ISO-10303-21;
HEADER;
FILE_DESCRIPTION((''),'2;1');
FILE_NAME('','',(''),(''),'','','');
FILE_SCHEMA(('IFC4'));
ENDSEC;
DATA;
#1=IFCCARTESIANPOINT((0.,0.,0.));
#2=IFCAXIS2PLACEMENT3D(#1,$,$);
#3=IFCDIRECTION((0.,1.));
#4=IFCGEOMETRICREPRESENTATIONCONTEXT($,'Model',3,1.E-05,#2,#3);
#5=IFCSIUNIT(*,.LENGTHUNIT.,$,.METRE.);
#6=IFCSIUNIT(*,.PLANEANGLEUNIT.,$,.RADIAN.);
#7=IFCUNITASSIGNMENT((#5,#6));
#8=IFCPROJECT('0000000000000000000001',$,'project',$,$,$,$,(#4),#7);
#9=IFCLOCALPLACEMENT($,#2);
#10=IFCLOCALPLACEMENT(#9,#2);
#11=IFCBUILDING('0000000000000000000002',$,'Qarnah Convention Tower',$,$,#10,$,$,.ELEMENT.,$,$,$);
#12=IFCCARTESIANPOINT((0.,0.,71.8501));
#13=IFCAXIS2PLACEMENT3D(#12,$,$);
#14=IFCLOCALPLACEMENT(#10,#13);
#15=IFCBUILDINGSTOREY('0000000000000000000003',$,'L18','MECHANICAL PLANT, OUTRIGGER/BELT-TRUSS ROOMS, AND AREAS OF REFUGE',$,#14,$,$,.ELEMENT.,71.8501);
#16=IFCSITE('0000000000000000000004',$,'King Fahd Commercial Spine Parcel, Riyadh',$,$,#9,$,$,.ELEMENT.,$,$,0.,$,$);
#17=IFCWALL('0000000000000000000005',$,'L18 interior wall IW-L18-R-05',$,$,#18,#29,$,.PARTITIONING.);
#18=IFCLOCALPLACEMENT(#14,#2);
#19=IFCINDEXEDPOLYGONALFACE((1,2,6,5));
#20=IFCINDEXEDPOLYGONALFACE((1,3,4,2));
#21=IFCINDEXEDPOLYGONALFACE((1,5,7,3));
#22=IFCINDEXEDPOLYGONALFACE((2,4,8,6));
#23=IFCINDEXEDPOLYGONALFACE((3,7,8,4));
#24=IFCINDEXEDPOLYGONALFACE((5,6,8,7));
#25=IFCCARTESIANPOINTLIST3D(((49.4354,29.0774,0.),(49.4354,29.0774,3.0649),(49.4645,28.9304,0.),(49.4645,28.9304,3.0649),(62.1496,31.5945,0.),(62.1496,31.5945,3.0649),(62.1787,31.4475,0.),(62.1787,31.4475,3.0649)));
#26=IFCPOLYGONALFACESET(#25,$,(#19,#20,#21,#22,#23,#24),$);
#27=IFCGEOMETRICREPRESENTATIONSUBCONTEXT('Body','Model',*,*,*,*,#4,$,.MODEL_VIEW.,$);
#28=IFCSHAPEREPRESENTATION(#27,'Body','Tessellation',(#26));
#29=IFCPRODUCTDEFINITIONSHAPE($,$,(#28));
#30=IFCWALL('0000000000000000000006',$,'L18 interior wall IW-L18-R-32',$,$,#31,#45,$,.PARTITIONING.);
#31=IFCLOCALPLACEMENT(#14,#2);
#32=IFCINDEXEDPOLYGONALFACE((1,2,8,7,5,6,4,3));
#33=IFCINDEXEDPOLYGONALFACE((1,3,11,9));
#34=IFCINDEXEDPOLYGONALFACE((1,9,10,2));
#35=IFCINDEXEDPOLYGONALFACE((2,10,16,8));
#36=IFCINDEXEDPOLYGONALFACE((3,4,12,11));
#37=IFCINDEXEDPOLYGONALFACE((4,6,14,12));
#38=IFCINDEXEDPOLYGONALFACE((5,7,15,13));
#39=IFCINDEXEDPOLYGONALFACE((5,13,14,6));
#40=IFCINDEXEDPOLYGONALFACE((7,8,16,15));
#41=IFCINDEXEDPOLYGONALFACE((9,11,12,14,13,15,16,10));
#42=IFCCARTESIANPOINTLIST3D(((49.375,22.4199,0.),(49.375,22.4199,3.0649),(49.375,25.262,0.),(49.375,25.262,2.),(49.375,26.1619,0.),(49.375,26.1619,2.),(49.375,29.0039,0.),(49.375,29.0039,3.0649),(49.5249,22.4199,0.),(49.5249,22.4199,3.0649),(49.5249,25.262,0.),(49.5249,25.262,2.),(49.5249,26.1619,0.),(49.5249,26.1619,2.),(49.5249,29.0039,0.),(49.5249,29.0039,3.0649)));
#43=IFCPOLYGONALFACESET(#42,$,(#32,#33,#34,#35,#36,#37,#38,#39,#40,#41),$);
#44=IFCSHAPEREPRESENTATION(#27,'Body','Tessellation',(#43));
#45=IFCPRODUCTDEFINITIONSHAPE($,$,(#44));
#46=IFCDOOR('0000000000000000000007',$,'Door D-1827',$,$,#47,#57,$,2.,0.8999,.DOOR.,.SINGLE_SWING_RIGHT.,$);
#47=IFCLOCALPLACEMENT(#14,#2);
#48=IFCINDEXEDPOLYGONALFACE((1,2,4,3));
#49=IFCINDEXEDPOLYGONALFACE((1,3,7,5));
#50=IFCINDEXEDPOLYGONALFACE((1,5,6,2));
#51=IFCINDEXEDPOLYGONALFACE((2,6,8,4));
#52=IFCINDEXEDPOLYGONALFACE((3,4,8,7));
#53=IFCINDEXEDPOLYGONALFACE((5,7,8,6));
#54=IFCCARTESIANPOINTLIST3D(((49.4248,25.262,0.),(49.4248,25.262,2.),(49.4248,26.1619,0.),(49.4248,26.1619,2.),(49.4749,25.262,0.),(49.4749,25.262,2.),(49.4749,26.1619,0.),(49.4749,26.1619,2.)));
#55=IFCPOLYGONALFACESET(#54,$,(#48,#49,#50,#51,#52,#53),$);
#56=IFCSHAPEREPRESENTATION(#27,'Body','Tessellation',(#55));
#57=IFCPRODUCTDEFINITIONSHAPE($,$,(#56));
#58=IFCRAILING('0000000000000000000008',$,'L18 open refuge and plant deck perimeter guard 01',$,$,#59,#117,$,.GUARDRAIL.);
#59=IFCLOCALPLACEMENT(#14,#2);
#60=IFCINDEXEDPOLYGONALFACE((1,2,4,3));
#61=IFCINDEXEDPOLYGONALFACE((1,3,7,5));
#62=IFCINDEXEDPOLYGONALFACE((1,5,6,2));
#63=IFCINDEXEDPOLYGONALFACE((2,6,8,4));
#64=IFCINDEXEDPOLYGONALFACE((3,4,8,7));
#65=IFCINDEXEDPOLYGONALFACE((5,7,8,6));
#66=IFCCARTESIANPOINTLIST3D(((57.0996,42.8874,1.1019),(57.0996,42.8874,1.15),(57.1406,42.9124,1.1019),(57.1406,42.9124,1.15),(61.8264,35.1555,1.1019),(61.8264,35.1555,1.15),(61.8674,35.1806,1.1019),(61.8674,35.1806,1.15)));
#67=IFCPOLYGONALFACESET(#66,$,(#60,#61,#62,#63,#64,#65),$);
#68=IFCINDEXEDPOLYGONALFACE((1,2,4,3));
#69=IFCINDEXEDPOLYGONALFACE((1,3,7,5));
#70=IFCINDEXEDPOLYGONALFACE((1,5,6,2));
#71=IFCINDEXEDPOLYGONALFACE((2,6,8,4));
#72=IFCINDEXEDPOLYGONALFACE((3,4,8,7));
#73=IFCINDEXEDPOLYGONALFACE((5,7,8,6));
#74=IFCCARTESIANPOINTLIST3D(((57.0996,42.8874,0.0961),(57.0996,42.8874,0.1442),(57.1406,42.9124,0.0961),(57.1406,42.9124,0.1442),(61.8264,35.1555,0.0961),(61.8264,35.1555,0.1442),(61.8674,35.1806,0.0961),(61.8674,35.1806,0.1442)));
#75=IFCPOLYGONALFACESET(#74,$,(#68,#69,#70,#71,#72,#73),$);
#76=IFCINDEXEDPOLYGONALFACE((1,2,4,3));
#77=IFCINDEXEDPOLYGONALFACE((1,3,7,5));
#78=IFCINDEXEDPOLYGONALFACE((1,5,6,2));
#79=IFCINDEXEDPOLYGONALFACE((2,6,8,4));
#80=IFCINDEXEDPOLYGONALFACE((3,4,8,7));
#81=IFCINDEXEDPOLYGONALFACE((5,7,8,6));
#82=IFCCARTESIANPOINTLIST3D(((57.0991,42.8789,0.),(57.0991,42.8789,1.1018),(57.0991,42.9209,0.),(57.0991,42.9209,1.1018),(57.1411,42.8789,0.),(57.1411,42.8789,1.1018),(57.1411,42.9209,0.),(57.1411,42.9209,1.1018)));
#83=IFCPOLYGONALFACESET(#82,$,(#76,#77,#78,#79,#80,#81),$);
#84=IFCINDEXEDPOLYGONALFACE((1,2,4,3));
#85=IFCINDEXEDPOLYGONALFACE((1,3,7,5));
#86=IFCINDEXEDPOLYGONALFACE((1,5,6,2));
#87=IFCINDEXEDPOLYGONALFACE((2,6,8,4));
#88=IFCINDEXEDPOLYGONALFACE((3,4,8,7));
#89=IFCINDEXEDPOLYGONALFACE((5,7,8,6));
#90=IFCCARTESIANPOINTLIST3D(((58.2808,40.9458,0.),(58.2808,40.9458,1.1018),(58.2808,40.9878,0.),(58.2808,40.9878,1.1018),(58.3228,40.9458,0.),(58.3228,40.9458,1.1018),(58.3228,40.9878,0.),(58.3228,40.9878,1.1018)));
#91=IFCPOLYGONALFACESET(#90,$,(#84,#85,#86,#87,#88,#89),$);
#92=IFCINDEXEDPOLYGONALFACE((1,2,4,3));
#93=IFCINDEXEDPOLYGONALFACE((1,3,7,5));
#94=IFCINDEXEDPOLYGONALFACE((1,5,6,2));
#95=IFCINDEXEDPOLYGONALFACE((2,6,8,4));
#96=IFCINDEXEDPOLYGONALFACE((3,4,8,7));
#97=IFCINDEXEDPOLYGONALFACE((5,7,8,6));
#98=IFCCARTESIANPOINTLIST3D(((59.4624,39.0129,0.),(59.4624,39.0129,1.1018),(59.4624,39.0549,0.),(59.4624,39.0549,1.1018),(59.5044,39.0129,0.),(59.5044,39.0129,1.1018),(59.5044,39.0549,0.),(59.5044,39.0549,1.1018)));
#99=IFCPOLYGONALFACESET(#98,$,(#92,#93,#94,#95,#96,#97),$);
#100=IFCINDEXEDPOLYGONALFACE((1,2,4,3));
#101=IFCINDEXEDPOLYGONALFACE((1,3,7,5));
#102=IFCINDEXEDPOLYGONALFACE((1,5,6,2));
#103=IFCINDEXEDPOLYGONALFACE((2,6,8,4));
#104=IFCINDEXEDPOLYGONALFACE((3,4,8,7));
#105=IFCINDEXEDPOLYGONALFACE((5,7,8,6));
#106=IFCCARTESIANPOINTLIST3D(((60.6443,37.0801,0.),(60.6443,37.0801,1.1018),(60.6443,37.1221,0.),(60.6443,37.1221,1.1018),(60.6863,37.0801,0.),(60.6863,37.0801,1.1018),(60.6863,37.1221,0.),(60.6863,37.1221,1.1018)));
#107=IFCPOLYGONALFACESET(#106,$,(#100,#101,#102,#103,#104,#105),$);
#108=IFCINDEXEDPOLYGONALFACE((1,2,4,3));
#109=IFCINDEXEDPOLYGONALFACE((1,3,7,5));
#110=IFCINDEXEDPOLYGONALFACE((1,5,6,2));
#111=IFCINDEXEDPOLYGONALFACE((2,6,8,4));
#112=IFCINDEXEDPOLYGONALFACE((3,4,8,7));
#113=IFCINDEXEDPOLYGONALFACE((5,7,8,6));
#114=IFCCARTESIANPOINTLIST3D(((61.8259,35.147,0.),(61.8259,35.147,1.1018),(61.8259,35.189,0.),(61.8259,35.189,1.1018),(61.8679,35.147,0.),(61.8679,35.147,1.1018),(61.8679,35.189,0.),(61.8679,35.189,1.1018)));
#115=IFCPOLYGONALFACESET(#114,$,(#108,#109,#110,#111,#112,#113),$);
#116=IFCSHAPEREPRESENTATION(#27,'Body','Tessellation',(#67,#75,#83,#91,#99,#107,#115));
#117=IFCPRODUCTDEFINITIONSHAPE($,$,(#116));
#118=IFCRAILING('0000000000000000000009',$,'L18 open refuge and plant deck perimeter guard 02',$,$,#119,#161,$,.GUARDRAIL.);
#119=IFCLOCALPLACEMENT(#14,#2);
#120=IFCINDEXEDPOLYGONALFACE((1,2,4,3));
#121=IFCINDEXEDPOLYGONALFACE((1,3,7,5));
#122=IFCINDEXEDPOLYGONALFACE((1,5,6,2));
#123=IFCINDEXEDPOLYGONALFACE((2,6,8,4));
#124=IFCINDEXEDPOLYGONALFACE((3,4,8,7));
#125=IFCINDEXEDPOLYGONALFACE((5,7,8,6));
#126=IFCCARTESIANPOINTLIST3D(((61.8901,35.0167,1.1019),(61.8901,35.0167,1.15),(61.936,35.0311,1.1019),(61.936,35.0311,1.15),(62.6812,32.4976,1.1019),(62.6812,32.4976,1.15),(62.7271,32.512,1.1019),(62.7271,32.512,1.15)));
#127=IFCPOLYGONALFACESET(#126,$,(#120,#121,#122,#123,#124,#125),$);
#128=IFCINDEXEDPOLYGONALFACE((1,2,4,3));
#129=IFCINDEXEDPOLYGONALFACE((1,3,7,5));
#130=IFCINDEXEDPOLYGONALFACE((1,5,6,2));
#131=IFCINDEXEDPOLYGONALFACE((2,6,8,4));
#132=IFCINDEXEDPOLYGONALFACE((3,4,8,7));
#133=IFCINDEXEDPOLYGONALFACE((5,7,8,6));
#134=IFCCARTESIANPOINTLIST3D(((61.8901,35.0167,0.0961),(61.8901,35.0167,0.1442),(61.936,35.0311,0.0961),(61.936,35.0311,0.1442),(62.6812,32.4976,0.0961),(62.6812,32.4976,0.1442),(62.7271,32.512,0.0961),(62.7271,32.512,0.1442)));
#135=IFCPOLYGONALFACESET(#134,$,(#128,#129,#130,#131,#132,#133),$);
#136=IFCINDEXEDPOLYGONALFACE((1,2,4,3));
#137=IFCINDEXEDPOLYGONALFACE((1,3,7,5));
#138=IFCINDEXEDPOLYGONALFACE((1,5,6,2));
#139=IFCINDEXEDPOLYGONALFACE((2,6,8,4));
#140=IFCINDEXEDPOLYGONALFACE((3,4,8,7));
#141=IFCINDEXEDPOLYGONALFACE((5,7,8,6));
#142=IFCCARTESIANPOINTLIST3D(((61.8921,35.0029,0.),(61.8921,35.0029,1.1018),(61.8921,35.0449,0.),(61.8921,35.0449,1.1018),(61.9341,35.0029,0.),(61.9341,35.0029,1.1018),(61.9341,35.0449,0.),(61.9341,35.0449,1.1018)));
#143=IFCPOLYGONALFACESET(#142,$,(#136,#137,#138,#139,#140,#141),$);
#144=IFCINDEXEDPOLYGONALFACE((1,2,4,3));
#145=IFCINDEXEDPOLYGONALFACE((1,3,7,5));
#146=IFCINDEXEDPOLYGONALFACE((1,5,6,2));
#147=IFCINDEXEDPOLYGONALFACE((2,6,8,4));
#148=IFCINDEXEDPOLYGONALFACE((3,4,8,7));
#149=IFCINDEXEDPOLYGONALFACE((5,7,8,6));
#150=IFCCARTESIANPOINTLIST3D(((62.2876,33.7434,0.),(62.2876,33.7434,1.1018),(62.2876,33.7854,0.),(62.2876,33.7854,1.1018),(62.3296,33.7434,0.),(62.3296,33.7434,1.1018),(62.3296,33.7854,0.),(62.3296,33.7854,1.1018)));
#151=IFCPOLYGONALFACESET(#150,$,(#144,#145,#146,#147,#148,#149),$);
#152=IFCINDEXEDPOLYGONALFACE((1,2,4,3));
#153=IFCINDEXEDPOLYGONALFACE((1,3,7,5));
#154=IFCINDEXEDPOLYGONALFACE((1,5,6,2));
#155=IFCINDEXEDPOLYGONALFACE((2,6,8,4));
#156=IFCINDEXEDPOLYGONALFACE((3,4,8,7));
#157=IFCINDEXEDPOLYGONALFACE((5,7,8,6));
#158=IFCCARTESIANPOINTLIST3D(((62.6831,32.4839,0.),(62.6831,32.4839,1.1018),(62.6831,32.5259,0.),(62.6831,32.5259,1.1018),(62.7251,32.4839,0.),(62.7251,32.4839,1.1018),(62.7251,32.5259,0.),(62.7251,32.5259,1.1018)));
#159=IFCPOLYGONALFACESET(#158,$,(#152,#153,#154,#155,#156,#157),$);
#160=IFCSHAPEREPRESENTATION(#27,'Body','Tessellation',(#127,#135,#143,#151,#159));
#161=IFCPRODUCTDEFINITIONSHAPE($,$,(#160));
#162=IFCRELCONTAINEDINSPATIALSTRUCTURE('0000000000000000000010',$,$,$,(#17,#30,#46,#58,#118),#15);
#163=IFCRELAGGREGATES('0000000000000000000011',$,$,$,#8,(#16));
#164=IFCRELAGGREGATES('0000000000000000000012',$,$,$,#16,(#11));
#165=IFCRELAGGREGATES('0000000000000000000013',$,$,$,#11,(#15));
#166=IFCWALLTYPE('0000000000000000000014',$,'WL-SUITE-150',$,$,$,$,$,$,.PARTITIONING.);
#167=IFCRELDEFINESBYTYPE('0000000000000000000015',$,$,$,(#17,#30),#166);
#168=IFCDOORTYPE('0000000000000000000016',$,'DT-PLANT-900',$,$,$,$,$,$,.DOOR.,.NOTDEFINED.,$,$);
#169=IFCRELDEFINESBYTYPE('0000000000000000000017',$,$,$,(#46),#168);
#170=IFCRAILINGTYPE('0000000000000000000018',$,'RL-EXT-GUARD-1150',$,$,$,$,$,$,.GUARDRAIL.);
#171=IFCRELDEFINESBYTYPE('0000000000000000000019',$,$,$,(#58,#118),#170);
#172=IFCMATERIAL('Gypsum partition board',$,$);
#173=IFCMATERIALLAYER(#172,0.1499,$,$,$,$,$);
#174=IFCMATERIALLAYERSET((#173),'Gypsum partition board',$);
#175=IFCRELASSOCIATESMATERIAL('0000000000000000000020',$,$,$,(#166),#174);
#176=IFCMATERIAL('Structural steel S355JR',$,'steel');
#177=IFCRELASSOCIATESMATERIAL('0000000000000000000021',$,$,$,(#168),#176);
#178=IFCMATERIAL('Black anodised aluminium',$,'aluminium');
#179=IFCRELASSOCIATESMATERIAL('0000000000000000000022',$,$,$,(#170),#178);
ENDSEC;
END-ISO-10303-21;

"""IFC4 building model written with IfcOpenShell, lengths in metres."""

from ifc_helpers import new_model, si_unit, direction, frame, frame_2d, origin, origin_2d, place, context, subcontext, project, spatial, rectangle, extrude, material, layer, layer_set, type_object, element, fill, save


model = new_model("IFC4")

# Units and contexts
model_context = context("Model", 3, precision=1e-05, world=origin(), true_north=direction((0.0, 1.0)))
body_context = subcontext(model_context, "Body", "Model", "MODEL_VIEW")
ifc_project = project(units=[si_unit("LENGTHUNIT", "METRE"), si_unit("PLANEANGLEUNIT", "RADIAN")], contexts=[model_context])

# Site, building, storey
site_placement = place(None, origin())
site = spatial("IfcSite", under=ifc_project, at=site_placement, Name="King Fahd Commercial Spine Parcel, Riyadh", CompositionType="ELEMENT", RefElevation=0.0)
building_placement = place(site_placement, origin())
building = spatial("IfcBuilding", under=site, at=building_placement, Name="Qarnah Convention Tower", CompositionType="ELEMENT")
storey_placement = place(building_placement, frame((0.0, 0.0, 71.8501)))
storey = spatial("IfcBuildingStorey", under=building, at=storey_placement, Name="L18", Description="MECHANICAL PLANT, OUTRIGGER/BELT-TRUSS ROOMS, AND AREAS OF REFUGE", CompositionType="ELEMENT", Elevation=71.8501)

# Shared definitions
ifc_material_1 = material(Name="Structural steel S355JR", Category="steel")

# Shared definitions
ifc_material_2 = material(Name="Gypsum partition board")
ifc_layer_1 = layer(ifc_material_2, 0.1499)
ifc_layer_set_1 = layer_set([ifc_layer_1], Name="Gypsum partition board")
wall_type_1 = type_object("IfcWallType", Name="WL-SUITE-150", PredefinedType="PARTITIONING", material=ifc_layer_set_1)

# Shared definitions
door_type = type_object("IfcDoorType", Name="DT-PLANT-900", OperationType="NOTDEFINED", PredefinedType="DOOR", material=ifc_material_1)

# Wall
wall_1_placement = place(storey_placement, frame((49.45, 29.0039, 0.0), z_axis=(0.0, 0.0, 1.0), x_axis=(0.980961, 0.194207, 0.0)))
element("IfcWall", 1, at=wall_1_placement, inside=storey, type_object=wall_type_1, Name="L18 interior wall IW-L18-R-05", PredefinedType="PARTITIONING", context=body_context, shape_type="SweptSolid", body=[
    extrude(rectangle(XDim=12.9609, YDim=0.1499, at=frame_2d((6.4805, 0.0))), origin(), (0.0, 0.0, 1.0), 3.0649),
])

# Wall, opening, door
wall_2_placement = place(storey_placement, frame((49.45, 29.0039, 0.0), z_axis=(0.0, 0.0, 1.0), x_axis=(0.0, -1.0, 0.0)))
wall_2 = element("IfcWall", 2, at=wall_2_placement, inside=storey, type_object=wall_type_1, Name="L18 interior wall IW-L18-R-32", PredefinedType="PARTITIONING", context=body_context, shape_type="SweptSolid", body=[
    extrude(rectangle(XDim=6.584, YDim=0.1499, at=frame_2d((3.292, 0.0))), origin(), (0.0, 0.0, 1.0), 3.0649),
])
opening_1_placement = place(wall_2_placement, frame((2.842, 0.0, 0.0)))
opening_1 = element("IfcOpeningElement", 3, at=opening_1_placement, cuts=wall_2, PredefinedType="OPENING", context=body_context, shape_type="SweptSolid", body=[
    extrude(rectangle(XDim=0.8999, YDim=2.0, at=frame_2d((0.45, 1.0))), frame((0.0, 0.085, 0.0), z_axis=(0.0, -1.0, 0.0), x_axis=(1.0, 0.0, 0.0)), (0.0, 0.0, 1.0), 0.1699),
])
door_1_placement = place(opening_1_placement, origin())
door_1 = element("IfcDoor", 4, at=door_1_placement, inside=storey, type_object=door_type, Name="Door D-1827", OperationType="SINGLE_SWING_RIGHT", OverallHeight=2.0, OverallWidth=0.8999, PredefinedType="DOOR", context=body_context, shape_type="SweptSolid", body=[
    extrude(rectangle(XDim=0.8999, YDim=2.0, at=frame_2d((0.45, 1.0))), frame((0.0, 0.0249, 0.0), z_axis=(0.0, -1.0, 0.0), x_axis=(1.0, 0.0, 0.0)), (0.0, 0.0, 1.0), 0.05),
])
fill(opening_1, door_1)

# Railings
ifc_material_3 = material(Name="Black anodised aluminium", Category="aluminium")
railing_type = type_object("IfcRailingType", Name="RL-EXT-GUARD-1150", PredefinedType="GUARDRAIL", material=ifc_material_3)
railing_1_placement = place(storey_placement, frame((57.1201, 42.8999, 0.0)))
element("IfcRailing", 5, at=railing_1_placement, inside=storey, type_object=railing_type, Name="L18 open refuge and plant deck perimeter guard 01", PredefinedType="GUARDRAIL", context=body_context, shape_type="SweptSolid", body=[
    extrude(rectangle(XDim=0.0481, YDim=0.0481, at=origin_2d()), frame((0.0, 0.0, 1.126), z_axis=(0.521589, -0.853197, 0.0), x_axis=(0.853197, 0.521589, 0.0)), (0.0, 0.0, 1.0), 9.0623),
    extrude(rectangle(XDim=0.0481, YDim=0.0481, at=origin_2d()), frame((0.0, 0.0, 0.1201), z_axis=(0.521589, -0.853197, 0.0), x_axis=(0.853197, 0.521589, 0.0)), (0.0, 0.0, 1.0), 9.0623),
    extrude(rectangle(XDim=0.042, YDim=0.042, at=origin_2d()), origin(), (0.0, 0.0, 1.0), 1.1018),
    extrude(rectangle(XDim=0.042, YDim=0.042, at=origin_2d()), frame((1.1816, -1.9331, 0.0)), (0.0, 0.0, 1.0), 1.1018),
    extrude(rectangle(XDim=0.042, YDim=0.042, at=origin_2d()), frame((2.3633, -3.866, 0.0)), (0.0, 0.0, 1.0), 1.1018),
    extrude(rectangle(XDim=0.042, YDim=0.042, at=origin_2d()), frame((3.5452, -5.7988, 0.0)), (0.0, 0.0, 1.0), 1.1018),
    extrude(rectangle(XDim=0.042, YDim=0.042, at=origin_2d()), frame((4.7268, -7.7319, 0.0)), (0.0, 0.0, 1.0), 1.1018),
])
railing_2_placement = place(storey_placement, frame((61.9131, 35.0239, 0.0)))
element("IfcRailing", 6, at=railing_2_placement, inside=storey, type_object=railing_type, Name="L18 open refuge and plant deck perimeter guard 02", PredefinedType="GUARDRAIL", context=body_context, shape_type="SweptSolid", body=[
    extrude(rectangle(XDim=0.0481, YDim=0.0481, at=origin_2d()), frame((0.0, 0.0, 1.126), z_axis=(0.299591, -0.954068, 0.0), x_axis=(0.954068, 0.299591, 0.0)), (0.0, 0.0, 1.0), 2.6404),
    extrude(rectangle(XDim=0.0481, YDim=0.0481, at=origin_2d()), frame((0.0, 0.0, 0.1201), z_axis=(0.299591, -0.954068, 0.0), x_axis=(0.954068, 0.299591, 0.0)), (0.0, 0.0, 1.0), 2.6404),
    extrude(rectangle(XDim=0.042, YDim=0.042, at=origin_2d()), origin(), (0.0, 0.0, 1.0), 1.1018),
    extrude(rectangle(XDim=0.042, YDim=0.042, at=origin_2d()), frame((0.3955, -1.2595, 0.0)), (0.0, 0.0, 1.0), 1.1018),
    extrude(rectangle(XDim=0.042, YDim=0.042, at=origin_2d()), frame((0.791, -2.519, 0.0)), (0.0, 0.0, 1.0), 1.1018),
])

save(model, "model.ifc")
